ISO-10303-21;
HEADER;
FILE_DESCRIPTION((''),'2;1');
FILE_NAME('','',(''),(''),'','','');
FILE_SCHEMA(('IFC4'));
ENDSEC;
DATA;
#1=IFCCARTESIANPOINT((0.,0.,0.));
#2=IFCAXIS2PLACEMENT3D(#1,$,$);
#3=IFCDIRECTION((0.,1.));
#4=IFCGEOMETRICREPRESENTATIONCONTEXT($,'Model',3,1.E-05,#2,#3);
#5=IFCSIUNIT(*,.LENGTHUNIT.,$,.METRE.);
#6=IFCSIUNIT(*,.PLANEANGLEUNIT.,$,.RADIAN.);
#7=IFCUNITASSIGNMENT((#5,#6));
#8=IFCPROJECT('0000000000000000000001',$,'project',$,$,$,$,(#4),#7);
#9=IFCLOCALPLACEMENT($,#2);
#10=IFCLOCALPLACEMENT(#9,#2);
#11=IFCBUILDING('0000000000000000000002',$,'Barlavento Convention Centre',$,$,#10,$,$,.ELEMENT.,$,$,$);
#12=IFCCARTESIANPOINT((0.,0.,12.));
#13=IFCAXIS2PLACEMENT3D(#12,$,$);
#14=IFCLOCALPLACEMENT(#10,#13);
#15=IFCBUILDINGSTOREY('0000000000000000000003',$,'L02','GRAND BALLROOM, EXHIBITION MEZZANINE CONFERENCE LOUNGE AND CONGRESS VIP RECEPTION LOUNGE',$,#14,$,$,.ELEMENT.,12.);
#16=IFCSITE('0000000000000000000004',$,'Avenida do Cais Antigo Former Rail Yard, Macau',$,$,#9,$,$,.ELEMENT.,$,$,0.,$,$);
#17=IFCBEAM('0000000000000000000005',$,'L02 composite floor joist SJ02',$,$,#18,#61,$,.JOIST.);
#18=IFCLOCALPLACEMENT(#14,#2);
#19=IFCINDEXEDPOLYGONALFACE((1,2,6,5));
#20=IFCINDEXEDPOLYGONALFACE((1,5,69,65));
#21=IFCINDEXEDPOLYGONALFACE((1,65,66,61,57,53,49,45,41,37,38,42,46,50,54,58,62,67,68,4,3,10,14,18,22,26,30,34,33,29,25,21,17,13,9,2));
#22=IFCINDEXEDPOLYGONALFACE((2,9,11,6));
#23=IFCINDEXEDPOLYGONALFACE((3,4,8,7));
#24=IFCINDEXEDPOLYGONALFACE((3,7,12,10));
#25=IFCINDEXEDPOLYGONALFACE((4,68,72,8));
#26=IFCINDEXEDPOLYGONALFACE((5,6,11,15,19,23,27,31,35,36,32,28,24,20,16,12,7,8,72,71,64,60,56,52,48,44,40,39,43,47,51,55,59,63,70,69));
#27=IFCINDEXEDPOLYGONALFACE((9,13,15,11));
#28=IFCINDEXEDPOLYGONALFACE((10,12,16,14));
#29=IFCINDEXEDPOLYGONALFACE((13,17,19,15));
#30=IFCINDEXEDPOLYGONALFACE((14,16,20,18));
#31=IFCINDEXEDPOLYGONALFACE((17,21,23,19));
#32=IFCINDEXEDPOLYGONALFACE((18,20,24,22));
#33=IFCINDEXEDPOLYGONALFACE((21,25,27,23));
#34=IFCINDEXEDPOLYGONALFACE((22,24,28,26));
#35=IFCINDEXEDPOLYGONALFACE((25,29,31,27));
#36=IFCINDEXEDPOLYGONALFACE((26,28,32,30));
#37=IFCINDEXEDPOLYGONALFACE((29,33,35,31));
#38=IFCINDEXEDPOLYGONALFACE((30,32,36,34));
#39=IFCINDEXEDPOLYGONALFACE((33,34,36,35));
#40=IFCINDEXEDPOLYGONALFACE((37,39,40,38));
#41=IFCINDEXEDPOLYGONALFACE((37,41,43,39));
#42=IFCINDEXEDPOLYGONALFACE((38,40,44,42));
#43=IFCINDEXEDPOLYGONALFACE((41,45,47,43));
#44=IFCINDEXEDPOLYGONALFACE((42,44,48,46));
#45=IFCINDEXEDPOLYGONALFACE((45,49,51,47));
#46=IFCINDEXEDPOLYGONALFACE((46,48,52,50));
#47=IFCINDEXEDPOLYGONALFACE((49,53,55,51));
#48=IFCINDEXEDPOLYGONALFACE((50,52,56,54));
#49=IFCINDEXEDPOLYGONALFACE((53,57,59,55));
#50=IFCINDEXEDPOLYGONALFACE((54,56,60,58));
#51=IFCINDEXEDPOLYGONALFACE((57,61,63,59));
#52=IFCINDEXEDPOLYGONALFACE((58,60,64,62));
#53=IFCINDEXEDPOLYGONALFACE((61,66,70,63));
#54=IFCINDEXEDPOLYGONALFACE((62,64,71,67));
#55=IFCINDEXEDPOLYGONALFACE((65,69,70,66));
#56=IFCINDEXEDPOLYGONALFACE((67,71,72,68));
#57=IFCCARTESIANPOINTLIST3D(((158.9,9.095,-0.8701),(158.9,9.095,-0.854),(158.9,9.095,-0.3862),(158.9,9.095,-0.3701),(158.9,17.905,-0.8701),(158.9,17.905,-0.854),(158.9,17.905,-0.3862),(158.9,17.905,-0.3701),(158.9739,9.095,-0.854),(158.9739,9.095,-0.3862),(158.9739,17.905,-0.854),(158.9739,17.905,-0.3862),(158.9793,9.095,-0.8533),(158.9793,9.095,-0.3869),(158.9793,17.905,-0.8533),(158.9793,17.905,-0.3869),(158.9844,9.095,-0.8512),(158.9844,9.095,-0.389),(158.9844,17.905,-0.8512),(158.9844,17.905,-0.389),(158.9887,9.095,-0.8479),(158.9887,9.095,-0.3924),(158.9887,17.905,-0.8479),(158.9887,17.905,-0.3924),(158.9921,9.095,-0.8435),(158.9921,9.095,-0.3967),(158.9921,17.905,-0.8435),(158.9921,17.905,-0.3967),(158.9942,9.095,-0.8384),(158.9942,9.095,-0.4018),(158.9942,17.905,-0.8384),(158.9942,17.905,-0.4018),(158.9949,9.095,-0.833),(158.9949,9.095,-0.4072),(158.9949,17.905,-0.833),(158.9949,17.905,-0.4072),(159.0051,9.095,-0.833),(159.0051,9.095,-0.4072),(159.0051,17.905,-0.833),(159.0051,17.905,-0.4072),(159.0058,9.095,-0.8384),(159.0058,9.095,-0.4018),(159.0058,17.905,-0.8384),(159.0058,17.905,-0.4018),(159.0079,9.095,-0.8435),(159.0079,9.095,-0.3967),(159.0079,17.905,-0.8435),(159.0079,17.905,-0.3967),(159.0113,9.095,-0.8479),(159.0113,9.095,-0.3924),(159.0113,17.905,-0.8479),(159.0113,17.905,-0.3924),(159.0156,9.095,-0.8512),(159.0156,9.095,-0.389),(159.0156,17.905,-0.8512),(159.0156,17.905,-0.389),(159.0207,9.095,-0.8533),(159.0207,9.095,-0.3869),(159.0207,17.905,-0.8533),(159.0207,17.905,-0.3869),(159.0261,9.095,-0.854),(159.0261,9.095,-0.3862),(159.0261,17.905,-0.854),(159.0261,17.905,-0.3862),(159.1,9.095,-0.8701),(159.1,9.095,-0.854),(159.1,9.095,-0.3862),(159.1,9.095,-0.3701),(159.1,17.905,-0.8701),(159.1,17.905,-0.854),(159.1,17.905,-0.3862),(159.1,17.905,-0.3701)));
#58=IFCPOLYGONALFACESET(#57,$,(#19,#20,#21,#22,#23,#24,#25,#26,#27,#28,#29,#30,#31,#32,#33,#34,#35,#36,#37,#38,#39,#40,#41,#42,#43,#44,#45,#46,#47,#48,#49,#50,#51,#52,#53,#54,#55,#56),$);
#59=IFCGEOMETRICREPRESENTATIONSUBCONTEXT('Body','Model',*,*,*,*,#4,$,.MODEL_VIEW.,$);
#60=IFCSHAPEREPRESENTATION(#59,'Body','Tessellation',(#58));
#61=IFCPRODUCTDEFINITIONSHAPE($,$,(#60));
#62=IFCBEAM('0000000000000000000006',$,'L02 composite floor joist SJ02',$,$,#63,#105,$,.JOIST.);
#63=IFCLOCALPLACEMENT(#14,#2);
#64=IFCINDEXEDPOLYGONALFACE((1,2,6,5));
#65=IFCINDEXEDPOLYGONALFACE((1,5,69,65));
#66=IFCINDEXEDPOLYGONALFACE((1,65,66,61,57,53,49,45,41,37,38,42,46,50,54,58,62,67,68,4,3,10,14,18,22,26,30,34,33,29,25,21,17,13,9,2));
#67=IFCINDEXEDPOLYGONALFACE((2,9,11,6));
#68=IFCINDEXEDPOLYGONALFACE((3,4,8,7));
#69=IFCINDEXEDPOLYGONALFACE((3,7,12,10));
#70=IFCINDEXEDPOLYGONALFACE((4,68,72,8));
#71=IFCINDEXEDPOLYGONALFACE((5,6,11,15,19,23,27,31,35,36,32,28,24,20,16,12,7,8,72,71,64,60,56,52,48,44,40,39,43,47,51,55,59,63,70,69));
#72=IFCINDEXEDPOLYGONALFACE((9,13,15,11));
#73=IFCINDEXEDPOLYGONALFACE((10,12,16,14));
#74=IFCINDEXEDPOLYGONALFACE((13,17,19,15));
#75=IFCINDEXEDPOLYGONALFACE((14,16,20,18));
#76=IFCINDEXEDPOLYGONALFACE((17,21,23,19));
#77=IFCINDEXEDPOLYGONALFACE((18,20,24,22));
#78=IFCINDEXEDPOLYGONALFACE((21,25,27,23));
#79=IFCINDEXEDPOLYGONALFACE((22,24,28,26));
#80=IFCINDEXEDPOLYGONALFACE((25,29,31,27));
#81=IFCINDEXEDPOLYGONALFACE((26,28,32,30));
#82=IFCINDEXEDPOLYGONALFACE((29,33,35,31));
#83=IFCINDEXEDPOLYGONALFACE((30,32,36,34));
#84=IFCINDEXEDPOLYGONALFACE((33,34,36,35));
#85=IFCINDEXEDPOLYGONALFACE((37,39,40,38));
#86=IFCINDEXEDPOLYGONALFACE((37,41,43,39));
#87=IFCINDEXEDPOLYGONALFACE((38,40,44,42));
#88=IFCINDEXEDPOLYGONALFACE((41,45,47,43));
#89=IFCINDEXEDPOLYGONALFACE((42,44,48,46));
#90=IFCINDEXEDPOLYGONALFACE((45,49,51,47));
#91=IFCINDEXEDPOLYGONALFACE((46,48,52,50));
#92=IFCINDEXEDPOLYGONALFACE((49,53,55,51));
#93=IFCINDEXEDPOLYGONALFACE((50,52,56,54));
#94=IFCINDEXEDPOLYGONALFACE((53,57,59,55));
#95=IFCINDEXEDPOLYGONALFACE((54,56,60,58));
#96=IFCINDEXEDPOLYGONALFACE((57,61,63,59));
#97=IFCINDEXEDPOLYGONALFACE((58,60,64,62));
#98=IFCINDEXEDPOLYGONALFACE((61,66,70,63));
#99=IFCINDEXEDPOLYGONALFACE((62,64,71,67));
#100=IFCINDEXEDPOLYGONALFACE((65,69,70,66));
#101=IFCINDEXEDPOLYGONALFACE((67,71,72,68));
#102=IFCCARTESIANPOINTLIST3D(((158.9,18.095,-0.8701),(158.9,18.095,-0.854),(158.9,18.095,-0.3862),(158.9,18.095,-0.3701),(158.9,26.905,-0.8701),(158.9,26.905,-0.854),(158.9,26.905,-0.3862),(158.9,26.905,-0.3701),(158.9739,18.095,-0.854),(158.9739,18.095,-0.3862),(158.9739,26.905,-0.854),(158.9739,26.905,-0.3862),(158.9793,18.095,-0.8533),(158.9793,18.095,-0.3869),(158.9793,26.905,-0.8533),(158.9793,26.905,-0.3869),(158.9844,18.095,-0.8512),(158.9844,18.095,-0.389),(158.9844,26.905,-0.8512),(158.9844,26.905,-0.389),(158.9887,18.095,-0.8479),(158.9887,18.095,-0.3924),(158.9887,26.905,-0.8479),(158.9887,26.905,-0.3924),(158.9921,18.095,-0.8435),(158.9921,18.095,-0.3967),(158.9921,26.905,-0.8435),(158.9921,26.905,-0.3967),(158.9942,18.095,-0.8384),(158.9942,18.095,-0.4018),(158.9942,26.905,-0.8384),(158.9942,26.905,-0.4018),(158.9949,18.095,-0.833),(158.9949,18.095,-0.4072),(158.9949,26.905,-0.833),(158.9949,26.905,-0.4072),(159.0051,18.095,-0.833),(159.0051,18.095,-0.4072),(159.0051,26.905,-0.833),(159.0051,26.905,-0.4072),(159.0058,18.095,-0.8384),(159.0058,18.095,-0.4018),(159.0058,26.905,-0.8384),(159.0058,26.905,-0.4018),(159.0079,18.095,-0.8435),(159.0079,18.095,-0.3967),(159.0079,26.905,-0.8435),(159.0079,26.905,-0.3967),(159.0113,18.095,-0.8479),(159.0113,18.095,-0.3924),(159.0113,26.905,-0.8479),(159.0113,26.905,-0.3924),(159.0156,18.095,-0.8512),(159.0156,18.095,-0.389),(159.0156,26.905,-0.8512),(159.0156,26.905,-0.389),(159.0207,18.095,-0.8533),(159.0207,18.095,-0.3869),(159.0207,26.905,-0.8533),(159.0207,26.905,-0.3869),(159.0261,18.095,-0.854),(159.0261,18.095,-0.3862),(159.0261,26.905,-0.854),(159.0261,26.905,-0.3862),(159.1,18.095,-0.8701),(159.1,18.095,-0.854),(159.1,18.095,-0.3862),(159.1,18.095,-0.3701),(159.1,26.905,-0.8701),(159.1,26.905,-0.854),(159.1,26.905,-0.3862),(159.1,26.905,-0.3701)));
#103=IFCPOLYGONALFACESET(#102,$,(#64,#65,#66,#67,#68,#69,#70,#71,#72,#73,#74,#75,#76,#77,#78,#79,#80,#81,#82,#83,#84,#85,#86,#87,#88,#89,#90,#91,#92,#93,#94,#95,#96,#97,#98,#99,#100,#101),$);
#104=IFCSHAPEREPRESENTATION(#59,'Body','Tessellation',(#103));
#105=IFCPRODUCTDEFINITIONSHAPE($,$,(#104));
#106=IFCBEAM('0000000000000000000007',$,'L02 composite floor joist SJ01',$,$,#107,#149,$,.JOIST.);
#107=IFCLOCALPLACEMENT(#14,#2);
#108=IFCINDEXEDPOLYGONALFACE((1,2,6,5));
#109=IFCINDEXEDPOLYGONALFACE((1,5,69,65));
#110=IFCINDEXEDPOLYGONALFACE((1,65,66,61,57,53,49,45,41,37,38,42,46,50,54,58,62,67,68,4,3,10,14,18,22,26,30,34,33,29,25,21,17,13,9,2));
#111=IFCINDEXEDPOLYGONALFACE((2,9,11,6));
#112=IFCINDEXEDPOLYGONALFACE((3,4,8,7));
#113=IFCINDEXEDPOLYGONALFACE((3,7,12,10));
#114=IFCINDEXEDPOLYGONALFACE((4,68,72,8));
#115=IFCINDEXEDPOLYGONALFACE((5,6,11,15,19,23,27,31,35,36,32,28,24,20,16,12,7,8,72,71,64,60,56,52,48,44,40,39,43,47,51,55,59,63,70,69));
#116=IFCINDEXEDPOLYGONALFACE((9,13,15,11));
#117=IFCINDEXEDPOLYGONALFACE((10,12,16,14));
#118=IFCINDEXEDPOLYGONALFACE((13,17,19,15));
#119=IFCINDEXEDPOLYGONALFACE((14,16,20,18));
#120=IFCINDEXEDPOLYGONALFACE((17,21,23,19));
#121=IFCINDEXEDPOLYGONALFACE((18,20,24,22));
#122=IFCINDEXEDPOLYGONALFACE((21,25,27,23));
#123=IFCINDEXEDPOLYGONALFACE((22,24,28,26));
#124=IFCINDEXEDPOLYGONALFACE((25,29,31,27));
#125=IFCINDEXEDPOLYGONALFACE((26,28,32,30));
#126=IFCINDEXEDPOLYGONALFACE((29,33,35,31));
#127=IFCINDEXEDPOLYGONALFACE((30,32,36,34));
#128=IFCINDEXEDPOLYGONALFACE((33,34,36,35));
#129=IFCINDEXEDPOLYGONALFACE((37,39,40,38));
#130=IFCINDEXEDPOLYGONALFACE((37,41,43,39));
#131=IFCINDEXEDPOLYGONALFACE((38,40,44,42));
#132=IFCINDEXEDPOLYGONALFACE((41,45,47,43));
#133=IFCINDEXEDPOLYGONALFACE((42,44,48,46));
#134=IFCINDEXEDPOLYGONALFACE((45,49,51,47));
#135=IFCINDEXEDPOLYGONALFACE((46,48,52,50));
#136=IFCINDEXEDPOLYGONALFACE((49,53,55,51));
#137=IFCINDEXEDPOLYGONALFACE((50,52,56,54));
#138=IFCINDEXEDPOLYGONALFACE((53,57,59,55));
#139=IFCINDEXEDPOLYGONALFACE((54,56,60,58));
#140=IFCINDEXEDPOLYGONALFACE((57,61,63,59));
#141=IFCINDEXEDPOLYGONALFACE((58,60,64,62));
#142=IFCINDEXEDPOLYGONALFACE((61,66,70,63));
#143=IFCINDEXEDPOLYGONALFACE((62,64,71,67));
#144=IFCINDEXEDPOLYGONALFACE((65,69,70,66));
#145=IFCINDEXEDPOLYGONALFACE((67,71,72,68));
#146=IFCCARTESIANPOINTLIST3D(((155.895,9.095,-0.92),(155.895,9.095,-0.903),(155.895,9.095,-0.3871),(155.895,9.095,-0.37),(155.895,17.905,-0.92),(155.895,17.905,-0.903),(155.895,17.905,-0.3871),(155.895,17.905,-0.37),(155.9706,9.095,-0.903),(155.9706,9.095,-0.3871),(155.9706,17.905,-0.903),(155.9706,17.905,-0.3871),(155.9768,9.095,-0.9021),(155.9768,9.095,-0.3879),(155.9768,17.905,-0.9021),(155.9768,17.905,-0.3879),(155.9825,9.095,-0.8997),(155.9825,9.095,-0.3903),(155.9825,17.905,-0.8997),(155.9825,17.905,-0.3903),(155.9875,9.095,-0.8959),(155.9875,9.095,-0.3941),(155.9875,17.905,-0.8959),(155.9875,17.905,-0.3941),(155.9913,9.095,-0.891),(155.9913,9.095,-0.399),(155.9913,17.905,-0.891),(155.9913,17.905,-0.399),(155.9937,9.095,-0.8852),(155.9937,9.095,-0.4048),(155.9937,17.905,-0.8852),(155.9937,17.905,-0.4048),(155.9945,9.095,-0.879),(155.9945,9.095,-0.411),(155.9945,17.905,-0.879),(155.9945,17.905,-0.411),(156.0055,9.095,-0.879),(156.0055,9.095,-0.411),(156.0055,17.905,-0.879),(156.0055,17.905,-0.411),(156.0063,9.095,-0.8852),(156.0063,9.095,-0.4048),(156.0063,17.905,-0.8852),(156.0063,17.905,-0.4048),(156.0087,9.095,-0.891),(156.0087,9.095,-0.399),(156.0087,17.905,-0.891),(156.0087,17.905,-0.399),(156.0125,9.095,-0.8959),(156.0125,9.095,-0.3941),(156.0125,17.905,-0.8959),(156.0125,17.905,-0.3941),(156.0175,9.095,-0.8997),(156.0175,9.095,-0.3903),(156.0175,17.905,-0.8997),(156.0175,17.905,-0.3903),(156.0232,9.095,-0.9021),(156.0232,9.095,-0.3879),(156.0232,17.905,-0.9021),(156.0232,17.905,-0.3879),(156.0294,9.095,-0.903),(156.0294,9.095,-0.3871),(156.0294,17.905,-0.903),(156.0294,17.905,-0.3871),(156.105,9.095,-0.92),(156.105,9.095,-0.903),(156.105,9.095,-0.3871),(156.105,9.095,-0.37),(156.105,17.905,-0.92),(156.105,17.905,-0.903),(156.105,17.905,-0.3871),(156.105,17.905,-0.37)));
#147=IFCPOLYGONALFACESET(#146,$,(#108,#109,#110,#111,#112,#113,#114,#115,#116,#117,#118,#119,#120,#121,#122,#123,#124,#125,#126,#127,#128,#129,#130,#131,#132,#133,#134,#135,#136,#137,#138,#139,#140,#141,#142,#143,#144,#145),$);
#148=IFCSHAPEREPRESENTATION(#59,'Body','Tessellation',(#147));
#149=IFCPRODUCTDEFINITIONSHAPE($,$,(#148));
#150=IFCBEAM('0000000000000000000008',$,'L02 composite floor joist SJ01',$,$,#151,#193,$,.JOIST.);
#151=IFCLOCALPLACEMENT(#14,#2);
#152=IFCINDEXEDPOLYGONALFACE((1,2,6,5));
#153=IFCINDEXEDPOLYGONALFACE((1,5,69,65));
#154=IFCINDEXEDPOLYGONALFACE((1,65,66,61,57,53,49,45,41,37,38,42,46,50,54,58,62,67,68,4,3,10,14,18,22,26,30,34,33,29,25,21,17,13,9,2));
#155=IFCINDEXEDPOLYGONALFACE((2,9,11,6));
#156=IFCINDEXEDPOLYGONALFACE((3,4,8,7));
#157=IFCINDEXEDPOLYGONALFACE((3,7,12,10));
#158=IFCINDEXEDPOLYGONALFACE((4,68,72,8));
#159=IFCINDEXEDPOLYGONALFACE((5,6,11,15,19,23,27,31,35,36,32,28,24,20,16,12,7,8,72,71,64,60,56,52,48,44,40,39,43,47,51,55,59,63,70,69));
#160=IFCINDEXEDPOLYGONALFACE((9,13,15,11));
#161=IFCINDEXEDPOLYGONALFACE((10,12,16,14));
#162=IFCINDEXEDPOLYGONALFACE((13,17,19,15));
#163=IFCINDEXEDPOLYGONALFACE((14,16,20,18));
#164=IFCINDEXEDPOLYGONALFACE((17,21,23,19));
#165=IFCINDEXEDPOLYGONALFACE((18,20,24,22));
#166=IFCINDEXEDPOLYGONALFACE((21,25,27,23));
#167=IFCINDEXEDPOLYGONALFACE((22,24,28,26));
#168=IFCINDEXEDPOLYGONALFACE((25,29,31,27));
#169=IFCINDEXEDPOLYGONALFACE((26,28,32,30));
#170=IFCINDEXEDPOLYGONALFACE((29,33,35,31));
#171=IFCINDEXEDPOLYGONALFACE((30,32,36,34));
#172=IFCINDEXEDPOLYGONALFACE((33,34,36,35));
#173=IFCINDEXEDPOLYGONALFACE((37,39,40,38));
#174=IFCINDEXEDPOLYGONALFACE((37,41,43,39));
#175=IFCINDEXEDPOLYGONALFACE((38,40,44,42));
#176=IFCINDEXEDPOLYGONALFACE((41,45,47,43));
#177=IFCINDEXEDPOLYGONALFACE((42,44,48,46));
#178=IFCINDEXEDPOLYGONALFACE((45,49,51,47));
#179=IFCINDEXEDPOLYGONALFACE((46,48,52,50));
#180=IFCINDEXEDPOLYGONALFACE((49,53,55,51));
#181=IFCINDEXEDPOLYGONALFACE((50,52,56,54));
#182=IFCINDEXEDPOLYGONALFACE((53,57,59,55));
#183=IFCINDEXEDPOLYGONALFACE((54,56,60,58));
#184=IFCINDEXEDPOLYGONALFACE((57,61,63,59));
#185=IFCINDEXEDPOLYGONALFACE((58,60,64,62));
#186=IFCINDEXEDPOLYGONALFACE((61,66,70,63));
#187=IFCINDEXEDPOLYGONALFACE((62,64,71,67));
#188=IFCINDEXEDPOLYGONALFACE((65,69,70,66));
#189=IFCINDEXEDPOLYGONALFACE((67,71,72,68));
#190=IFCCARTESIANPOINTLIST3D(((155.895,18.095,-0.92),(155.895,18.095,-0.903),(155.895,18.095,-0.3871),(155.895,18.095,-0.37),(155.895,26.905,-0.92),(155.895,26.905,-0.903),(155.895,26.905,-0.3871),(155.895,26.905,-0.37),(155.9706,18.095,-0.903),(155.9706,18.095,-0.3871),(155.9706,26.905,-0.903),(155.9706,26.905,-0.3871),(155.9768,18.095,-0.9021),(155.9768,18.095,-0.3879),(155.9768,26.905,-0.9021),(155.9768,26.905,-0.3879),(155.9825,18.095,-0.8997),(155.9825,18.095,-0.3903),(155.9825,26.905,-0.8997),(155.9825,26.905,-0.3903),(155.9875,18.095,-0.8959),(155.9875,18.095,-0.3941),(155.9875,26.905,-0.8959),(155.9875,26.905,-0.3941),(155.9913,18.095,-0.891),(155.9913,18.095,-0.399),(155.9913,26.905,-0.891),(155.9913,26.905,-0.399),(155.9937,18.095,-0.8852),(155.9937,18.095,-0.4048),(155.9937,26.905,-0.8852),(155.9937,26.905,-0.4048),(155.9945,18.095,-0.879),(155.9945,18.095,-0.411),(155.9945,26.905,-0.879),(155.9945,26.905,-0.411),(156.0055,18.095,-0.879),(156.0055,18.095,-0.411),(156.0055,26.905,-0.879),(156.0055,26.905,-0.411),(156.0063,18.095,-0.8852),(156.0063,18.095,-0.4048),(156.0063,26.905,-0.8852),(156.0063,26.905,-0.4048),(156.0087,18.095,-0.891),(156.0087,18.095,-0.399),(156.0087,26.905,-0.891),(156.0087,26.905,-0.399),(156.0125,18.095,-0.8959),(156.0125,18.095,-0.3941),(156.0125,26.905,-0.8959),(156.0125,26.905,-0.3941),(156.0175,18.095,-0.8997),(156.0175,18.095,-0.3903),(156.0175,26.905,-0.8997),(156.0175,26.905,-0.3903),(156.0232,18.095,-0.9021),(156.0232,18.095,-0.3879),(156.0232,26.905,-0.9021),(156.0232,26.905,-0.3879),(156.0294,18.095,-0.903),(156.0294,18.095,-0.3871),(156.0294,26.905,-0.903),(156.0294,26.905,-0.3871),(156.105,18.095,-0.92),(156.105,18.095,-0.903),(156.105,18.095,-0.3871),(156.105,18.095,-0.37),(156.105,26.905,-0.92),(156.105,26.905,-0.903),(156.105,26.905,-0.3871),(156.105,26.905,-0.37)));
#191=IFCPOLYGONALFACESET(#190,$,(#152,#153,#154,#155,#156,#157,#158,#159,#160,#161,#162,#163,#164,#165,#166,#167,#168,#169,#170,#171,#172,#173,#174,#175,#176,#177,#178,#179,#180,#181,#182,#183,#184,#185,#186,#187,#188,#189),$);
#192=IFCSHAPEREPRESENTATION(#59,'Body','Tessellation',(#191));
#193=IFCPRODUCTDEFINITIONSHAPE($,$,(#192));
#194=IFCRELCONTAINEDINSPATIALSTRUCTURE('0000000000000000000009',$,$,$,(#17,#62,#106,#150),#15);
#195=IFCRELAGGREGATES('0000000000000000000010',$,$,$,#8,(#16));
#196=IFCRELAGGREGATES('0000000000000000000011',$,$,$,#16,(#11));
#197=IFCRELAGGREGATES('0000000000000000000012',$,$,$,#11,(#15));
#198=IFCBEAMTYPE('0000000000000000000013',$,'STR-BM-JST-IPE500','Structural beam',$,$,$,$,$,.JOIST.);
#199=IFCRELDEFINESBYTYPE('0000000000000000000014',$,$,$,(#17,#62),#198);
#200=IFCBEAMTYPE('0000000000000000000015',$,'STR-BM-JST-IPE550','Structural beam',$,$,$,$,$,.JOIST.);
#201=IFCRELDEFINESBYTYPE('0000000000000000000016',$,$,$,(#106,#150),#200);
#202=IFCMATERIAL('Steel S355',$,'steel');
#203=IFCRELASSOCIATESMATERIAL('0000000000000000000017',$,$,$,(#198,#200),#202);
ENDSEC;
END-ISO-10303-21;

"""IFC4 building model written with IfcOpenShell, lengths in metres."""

from ifc_helpers import new_model, si_unit, direction, frame, origin, origin_2d, place, context, subcontext, project, spatial, i_section, extrude, material, material_profile, profile_set, type_object, element, save


model = new_model("IFC4")

# Units and contexts
model_context = context("Model", 3, precision=1e-05, world=origin(), true_north=direction((0.0, 1.0)))
body_context = subcontext(model_context, "Body", "Model", "MODEL_VIEW")
ifc_project = project(units=[si_unit("LENGTHUNIT", "METRE"), si_unit("PLANEANGLEUNIT", "RADIAN")], contexts=[model_context])

# Site, building, storey
site_placement = place(None, origin())
site = spatial("IfcSite", under=ifc_project, at=site_placement, Name="Avenida do Cais Antigo Former Rail Yard, Macau", CompositionType="ELEMENT", RefElevation=0.0)
building_placement = place(site_placement, origin())
building = spatial("IfcBuilding", under=site, at=building_placement, Name="Barlavento Convention Centre", CompositionType="ELEMENT")
storey_placement = place(building_placement, frame((0.0, 0.0, 12.0)))
storey = spatial("IfcBuildingStorey", under=building, at=storey_placement, Name="L02", Description="GRAND BALLROOM, EXHIBITION MEZZANINE CONFERENCE LOUNGE AND CONGRESS VIP RECEPTION LOUNGE", CompositionType="ELEMENT", Elevation=12.0)

# Beams
ifc_material_1 = material(Name="Steel S355", Category="steel")
ifc_material_profile_1 = material_profile(ifc_material_1, i_section(OverallWidth=0.2, OverallDepth=0.5, WebThickness=0.0103, FlangeThickness=0.0161, FilletRadius=0.021, at=origin_2d()), Name="IPE 500")
ifc_profile_set_1 = profile_set([ifc_material_profile_1], Name="Steel S355")
beam_type_1 = type_object("IfcBeamType", Name="STR-BM-JST-IPE500", Description="Structural beam", PredefinedType="JOIST", material=ifc_profile_set_1)
for number, where, z_axis, x_axis, name in (
    (1, (159.0, 9.095, -0.6201), (0.0, 1.0, 0.0), (-1.0, 0.0, 0.0), "L02 composite floor joist SJ02"),
    (2, (159.0, 18.095, -0.6201), (0.0, 1.0, 0.0), (-1.0, 0.0, 0.0), "L02 composite floor joist SJ02"),
):
    element("IfcBeam", number, at=place(storey_placement, frame(where, z_axis=z_axis, x_axis=x_axis)), inside=storey, type_object=beam_type_1, Name=name, PredefinedType="JOIST", context=body_context, shape_type="SweptSolid", body=[
        extrude(i_section(OverallWidth=0.2, OverallDepth=0.5, WebThickness=0.0103, FlangeThickness=0.0161, FilletRadius=0.021, at=origin_2d()), origin(), (0.0, 0.0, 1.0), 8.8101),
    ])
ifc_material_profile_2 = material_profile(ifc_material_1, i_section(OverallWidth=0.21, OverallDepth=0.55, WebThickness=0.011, FlangeThickness=0.0171, FilletRadius=0.0239, at=origin_2d()), Name="IPE 550")
ifc_profile_set_2 = profile_set([ifc_material_profile_2], Name="Steel S355")
beam_type_2 = type_object("IfcBeamType", Name="STR-BM-JST-IPE550", Description="Structural beam", PredefinedType="JOIST", material=ifc_profile_set_2)
for number, where, z_axis, x_axis, name in (
    (3, (156.0, 9.095, -0.645), (0.0, 1.0, 0.0), (-1.0, 0.0, 0.0), "L02 composite floor joist SJ01"),
    (4, (156.0, 18.095, -0.645), (0.0, 1.0, 0.0), (-1.0, 0.0, 0.0), "L02 composite floor joist SJ01"),
):
    element("IfcBeam", number, at=place(storey_placement, frame(where, z_axis=z_axis, x_axis=x_axis)), inside=storey, type_object=beam_type_2, Name=name, PredefinedType="JOIST", context=body_context, shape_type="SweptSolid", body=[
        extrude(i_section(OverallWidth=0.21, OverallDepth=0.55, WebThickness=0.011, FlangeThickness=0.0171, FilletRadius=0.0239, at=origin_2d()), origin(), (0.0, 0.0, 1.0), 8.8101),
    ])

save(model, "model.ifc")
